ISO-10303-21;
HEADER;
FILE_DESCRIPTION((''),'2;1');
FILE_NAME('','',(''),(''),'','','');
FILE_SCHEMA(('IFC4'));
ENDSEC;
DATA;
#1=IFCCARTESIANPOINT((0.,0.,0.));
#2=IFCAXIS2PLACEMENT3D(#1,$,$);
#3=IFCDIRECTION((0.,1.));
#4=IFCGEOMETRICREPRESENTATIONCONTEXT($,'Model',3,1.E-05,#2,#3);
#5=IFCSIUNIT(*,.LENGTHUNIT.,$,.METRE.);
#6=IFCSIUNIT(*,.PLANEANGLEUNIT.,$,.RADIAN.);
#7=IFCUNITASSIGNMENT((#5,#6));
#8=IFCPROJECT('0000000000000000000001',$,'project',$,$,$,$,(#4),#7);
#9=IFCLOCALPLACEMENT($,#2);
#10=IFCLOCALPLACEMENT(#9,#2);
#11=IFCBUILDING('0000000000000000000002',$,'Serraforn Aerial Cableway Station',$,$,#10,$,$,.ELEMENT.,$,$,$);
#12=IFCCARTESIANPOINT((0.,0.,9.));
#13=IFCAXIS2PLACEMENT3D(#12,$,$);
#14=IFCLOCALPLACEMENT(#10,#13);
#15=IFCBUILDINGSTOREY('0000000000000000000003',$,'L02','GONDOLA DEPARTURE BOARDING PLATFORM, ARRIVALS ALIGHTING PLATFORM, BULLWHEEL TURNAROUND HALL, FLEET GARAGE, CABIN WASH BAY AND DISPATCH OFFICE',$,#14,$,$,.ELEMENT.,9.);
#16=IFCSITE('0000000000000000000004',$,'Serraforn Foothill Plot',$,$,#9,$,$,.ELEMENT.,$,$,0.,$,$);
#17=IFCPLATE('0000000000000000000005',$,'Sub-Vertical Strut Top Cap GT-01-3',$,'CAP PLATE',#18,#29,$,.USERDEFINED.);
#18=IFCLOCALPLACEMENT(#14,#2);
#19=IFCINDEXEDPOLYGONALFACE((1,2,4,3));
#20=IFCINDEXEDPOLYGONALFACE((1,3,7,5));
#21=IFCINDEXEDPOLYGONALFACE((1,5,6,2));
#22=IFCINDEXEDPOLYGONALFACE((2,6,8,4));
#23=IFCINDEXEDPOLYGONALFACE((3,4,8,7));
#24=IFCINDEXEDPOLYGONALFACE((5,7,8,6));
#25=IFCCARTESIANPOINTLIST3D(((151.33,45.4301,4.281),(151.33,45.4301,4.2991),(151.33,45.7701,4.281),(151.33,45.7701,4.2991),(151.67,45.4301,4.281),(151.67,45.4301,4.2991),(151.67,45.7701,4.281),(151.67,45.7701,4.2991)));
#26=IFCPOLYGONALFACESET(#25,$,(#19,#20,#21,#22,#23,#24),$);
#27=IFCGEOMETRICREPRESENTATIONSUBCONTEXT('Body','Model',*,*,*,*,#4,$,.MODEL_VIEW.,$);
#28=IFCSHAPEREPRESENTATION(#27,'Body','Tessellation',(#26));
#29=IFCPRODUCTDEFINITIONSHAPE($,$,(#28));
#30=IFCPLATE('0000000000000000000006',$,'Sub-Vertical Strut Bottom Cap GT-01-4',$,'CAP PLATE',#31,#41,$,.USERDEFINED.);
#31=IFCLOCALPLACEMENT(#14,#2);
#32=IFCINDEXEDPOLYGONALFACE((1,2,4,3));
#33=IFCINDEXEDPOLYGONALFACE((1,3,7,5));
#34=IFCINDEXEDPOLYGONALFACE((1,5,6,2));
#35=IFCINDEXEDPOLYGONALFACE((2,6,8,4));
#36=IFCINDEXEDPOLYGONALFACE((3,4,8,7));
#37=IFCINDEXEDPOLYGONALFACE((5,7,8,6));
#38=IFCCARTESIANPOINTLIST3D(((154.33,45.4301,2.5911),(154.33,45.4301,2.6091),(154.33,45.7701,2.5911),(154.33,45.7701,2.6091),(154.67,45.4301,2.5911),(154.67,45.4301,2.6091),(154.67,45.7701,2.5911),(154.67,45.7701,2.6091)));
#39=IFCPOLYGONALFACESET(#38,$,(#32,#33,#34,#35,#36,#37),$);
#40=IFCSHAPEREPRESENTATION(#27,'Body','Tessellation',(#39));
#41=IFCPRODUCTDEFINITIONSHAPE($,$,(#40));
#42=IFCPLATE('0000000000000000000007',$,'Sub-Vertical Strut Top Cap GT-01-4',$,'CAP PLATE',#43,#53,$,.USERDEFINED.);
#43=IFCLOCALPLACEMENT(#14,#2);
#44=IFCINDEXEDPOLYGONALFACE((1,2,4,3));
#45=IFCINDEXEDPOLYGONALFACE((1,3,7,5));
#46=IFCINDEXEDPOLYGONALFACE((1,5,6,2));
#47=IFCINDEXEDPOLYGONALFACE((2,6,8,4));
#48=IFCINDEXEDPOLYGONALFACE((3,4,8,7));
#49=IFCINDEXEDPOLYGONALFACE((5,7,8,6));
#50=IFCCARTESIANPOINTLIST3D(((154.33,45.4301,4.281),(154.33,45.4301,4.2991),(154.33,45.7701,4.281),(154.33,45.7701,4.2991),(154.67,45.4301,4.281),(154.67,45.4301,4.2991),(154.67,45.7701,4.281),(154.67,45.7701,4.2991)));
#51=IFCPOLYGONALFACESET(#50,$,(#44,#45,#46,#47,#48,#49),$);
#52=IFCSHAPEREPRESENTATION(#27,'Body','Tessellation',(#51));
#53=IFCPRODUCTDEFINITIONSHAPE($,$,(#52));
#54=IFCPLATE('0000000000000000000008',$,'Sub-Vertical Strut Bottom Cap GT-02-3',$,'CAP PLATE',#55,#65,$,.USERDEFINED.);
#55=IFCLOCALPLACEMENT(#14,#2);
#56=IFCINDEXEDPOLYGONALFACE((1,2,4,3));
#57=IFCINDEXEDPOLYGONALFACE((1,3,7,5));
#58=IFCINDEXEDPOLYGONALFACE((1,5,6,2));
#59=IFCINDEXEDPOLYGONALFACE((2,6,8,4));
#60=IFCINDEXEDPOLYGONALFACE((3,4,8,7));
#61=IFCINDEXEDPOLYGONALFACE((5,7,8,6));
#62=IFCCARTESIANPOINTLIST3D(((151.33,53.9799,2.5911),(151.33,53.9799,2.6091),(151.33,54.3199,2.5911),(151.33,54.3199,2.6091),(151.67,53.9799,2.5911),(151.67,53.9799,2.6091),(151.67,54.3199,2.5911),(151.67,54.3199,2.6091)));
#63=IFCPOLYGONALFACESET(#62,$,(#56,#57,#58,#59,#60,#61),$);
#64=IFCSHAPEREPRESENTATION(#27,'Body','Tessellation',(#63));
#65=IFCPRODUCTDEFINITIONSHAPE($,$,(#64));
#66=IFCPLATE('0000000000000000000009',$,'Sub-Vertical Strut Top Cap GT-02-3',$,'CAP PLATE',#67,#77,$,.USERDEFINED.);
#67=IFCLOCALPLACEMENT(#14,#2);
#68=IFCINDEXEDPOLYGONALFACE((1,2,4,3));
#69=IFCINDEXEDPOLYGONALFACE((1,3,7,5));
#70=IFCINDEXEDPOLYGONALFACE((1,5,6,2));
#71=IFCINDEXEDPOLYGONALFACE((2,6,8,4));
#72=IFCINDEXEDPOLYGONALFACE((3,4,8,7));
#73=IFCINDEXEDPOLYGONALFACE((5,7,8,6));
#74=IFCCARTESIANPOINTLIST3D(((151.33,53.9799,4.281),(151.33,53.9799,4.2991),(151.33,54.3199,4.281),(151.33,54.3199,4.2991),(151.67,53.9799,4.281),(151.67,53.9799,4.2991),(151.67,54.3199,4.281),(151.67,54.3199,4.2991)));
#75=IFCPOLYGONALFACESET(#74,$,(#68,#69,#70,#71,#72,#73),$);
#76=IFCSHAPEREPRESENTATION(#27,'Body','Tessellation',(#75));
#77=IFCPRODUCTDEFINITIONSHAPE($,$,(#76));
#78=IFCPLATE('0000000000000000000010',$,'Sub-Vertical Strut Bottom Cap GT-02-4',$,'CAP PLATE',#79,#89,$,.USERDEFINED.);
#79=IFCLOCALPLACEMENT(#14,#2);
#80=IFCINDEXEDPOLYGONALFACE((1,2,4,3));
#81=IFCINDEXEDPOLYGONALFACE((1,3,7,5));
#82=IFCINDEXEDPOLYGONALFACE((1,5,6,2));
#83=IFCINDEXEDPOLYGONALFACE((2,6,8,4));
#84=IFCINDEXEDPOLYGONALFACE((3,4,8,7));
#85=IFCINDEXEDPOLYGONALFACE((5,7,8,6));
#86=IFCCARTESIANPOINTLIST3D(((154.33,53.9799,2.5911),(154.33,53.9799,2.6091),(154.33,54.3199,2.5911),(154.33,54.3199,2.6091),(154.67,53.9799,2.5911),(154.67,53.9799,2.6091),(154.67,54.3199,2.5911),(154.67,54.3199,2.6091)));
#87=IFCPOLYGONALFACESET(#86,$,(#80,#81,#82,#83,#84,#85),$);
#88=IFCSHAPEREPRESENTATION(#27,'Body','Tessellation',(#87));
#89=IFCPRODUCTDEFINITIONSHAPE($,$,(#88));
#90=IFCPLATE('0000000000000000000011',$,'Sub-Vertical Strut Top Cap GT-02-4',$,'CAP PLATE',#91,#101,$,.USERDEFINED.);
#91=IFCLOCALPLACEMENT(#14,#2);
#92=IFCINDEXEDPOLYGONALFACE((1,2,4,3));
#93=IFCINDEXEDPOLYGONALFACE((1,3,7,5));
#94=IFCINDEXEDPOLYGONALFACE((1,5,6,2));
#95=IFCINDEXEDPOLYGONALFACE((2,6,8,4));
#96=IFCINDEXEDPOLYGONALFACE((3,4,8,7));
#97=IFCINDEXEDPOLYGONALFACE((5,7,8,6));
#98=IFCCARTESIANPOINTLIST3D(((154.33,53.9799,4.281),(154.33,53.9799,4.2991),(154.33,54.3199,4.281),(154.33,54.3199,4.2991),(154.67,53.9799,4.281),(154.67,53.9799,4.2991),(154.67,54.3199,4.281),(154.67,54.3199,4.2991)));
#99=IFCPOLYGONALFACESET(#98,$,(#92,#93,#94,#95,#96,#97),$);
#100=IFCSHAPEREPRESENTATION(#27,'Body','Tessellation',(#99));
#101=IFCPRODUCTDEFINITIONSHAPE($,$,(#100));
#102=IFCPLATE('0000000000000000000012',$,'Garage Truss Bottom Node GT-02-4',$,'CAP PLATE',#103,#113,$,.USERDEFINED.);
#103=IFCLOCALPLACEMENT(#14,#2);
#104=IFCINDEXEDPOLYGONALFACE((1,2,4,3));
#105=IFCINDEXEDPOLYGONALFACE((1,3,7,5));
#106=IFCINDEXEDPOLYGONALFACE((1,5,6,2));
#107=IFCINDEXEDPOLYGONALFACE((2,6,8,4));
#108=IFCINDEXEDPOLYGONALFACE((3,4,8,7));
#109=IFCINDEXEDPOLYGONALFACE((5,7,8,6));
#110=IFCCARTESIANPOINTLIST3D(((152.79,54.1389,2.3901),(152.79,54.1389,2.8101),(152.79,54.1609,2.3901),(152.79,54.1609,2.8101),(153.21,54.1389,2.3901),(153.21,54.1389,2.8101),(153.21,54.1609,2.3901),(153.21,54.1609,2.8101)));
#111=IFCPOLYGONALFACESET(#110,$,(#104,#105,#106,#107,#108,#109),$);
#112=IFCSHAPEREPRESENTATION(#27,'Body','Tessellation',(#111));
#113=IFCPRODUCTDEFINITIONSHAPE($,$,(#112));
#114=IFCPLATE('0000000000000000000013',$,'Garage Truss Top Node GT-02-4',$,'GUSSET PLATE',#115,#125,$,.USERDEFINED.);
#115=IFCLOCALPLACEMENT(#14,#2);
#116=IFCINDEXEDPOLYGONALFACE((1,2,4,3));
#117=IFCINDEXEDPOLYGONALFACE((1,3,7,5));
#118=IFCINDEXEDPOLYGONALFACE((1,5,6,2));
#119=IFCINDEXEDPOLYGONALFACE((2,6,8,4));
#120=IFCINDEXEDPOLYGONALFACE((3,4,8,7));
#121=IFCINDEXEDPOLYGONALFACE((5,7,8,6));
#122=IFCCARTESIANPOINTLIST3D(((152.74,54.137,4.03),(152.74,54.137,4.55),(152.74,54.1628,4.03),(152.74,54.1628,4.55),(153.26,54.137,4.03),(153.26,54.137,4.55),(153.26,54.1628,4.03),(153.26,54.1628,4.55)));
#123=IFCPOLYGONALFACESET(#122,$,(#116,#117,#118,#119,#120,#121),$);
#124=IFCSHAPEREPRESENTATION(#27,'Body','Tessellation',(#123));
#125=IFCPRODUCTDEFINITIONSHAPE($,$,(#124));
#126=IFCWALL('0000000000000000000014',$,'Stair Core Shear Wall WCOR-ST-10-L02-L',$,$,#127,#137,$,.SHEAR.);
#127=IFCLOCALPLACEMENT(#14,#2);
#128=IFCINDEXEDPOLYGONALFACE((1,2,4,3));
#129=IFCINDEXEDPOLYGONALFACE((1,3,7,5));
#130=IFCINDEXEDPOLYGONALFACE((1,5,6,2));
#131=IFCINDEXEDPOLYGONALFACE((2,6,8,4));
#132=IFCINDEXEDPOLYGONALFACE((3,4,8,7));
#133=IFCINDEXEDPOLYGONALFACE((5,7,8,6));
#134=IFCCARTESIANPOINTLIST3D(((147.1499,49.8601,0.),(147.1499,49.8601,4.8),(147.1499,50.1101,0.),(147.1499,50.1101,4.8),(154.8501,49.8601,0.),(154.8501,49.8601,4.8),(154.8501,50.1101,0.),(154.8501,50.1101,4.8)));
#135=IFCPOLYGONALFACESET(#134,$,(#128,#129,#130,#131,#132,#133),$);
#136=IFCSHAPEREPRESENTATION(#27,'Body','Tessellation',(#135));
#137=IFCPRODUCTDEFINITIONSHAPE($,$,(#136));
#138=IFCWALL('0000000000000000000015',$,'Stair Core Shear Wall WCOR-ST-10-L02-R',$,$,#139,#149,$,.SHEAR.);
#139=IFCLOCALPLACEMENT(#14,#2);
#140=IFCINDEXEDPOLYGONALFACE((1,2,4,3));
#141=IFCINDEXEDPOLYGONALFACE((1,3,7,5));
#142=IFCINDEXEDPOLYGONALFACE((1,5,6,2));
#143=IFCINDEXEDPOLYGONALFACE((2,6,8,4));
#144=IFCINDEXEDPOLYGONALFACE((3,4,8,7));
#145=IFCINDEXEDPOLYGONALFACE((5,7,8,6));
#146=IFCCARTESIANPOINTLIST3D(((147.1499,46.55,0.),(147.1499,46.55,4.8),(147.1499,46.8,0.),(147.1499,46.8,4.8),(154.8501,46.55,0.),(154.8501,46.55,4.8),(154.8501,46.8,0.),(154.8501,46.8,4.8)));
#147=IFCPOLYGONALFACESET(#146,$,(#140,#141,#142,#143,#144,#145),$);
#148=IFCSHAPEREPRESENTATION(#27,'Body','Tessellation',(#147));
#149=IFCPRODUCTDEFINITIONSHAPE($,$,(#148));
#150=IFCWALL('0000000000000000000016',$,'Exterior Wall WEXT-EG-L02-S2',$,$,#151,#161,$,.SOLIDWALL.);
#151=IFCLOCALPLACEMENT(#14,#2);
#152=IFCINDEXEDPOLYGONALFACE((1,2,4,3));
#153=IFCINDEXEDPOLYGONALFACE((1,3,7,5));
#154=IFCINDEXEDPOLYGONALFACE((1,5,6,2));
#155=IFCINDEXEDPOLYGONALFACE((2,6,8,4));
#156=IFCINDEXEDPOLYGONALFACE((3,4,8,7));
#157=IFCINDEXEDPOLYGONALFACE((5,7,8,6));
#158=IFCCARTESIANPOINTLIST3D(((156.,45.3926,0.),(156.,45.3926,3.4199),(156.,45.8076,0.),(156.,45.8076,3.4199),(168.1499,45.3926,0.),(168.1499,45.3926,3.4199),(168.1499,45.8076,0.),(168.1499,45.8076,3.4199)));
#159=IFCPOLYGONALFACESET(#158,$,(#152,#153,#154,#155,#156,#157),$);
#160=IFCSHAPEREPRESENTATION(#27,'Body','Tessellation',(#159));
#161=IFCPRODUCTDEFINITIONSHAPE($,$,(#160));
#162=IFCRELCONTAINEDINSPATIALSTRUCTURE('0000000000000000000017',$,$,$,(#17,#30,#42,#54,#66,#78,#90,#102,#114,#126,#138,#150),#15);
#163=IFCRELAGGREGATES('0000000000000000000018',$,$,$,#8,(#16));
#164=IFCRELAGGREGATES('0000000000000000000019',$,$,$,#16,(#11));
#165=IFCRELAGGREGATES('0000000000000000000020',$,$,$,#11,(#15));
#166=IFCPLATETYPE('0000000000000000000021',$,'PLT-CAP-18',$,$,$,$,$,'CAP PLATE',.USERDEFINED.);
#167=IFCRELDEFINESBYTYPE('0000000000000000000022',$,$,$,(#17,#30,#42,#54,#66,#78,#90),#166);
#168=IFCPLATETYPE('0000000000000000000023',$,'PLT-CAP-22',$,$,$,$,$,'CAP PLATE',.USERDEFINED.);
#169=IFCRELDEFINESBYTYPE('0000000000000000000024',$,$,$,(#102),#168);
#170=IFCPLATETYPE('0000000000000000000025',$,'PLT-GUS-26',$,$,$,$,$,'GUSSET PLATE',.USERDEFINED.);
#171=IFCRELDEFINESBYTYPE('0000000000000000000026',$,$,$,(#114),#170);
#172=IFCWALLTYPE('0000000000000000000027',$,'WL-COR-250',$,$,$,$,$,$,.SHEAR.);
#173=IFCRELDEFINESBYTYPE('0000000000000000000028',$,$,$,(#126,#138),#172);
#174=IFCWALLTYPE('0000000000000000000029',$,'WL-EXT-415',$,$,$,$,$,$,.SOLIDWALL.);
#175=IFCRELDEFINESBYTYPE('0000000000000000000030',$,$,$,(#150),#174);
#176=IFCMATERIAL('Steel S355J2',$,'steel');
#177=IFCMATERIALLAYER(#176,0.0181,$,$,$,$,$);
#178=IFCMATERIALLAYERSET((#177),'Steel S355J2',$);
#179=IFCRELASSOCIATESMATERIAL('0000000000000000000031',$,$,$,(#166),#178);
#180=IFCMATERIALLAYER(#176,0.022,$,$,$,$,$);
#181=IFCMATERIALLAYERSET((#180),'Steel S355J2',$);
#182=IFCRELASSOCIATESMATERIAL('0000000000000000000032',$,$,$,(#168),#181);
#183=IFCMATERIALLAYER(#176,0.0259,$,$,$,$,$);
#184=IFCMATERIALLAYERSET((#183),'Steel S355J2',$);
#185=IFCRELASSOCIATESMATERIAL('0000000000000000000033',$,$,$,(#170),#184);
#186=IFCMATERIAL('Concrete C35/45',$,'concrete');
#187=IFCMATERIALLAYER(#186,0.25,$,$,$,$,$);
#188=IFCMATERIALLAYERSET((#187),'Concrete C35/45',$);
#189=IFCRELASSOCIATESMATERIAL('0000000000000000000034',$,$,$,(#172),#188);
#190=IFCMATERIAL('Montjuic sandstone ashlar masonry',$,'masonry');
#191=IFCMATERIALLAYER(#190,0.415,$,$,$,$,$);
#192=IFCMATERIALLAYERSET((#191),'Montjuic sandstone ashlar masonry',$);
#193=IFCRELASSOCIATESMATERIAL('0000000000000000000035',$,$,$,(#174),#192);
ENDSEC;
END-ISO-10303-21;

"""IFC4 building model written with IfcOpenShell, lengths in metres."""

from ifc_helpers import new_model, si_unit, direction, frame, frame_2d, origin, origin_2d, place, context, subcontext, project, spatial, rectangle, extrude, material, layer, layer_set, type_object, element, save


model = new_model("IFC4")

# Units and contexts
model_context = context("Model", 3, precision=1e-05, world=origin(), true_north=direction((0.0, 1.0)))
body_context = subcontext(model_context, "Body", "Model", "MODEL_VIEW")
ifc_project = project(units=[si_unit("LENGTHUNIT", "METRE"), si_unit("PLANEANGLEUNIT", "RADIAN")], contexts=[model_context])

# Site, building, storey
site_placement = place(None, origin())
site = spatial("IfcSite", under=ifc_project, at=site_placement, Name="Serraforn Foothill Plot", CompositionType="ELEMENT", RefElevation=0.0)
building_placement = place(site_placement, origin())
building = spatial("IfcBuilding", under=site, at=building_placement, Name="Serraforn Aerial Cableway Station", CompositionType="ELEMENT")
storey_placement = place(building_placement, frame((0.0, 0.0, 9.0)))
storey = spatial("IfcBuildingStorey", under=building, at=storey_placement, Name="L02", Description="GONDOLA DEPARTURE BOARDING PLATFORM, ARRIVALS ALIGHTING PLATFORM, BULLWHEEL TURNAROUND HALL, FLEET GARAGE, CABIN WASH BAY AND DISPATCH OFFICE", CompositionType="ELEMENT", Elevation=9.0)

# Shared definitions
ifc_material_1 = material(Name="Steel S355J2", Category="steel")

# Plates
ifc_layer_1 = layer(ifc_material_1, 0.0181)
ifc_layer_set_1 = layer_set([ifc_layer_1], Name="Steel S355J2")
plate_type_1 = type_object("IfcPlateType", Name="PLT-CAP-18", ElementType="CAP PLATE", PredefinedType="USERDEFINED", material=ifc_layer_set_1)
for number, where, z_axis, x_axis, name in (
    (1, (151.5, 45.6001, 4.281), (0.0, 0.0, 1.0), (1.0, 0.0, 0.0), "Sub-Vertical Strut Top Cap GT-01-3"),
    (2, (154.5, 45.6001, 2.5911), (0.0, 0.0, 1.0), (1.0, 0.0, 0.0), "Sub-Vertical Strut Bottom Cap GT-01-4"),
    (3, (154.5, 45.6001, 4.281), (0.0, 0.0, 1.0), (1.0, 0.0, 0.0), "Sub-Vertical Strut Top Cap GT-01-4"),
    (4, (151.5, 54.1499, 2.5911), (0.0, 0.0, 1.0), (1.0, 0.0, 0.0), "Sub-Vertical Strut Bottom Cap GT-02-3"),
    (5, (151.5, 54.1499, 4.281), (0.0, 0.0, 1.0), (1.0, 0.0, 0.0), "Sub-Vertical Strut Top Cap GT-02-3"),
    (6, (154.5, 54.1499, 2.5911), (0.0, 0.0, 1.0), (1.0, 0.0, 0.0), "Sub-Vertical Strut Bottom Cap GT-02-4"),
    (7, (154.5, 54.1499, 4.281), (0.0, 0.0, 1.0), (1.0, 0.0, 0.0), "Sub-Vertical Strut Top Cap GT-02-4"),
):
    element("IfcPlate", number, at=place(storey_placement, frame(where, z_axis=z_axis, x_axis=x_axis)), inside=storey, type_object=plate_type_1, Name=name, ObjectType="CAP PLATE", PredefinedType="USERDEFINED", context=body_context, shape_type="SweptSolid", body=[
        extrude(rectangle(XDim=0.3401, YDim=0.3401, at=origin_2d()), origin(), (0.0, 0.0, 1.0), 0.0181),
    ])
ifc_layer_2 = layer(ifc_material_1, 0.022)
ifc_layer_set_2 = layer_set([ifc_layer_2], Name="Steel S355J2")
plate_type_2 = type_object("IfcPlateType", Name="PLT-CAP-22", ElementType="CAP PLATE", PredefinedType="USERDEFINED", material=ifc_layer_set_2)
plate_1_placement = place(storey_placement, frame((153.0, 54.1499, 2.3901), z_axis=(0.0, 0.0, 1.0), x_axis=(1.0, 0.0, 0.0)))
element("IfcPlate", 8, at=plate_1_placement, inside=storey, type_object=plate_type_2, Name="Garage Truss Bottom Node GT-02-4", ObjectType="CAP PLATE", PredefinedType="USERDEFINED", context=body_context, shape_type="SweptSolid", body=[
    extrude(rectangle(XDim=0.4199, YDim=0.022, at=origin_2d()), origin(), (0.0, 0.0, 1.0), 0.4199),
])
ifc_layer_3 = layer(ifc_material_1, 0.0259)
ifc_layer_set_3 = layer_set([ifc_layer_3], Name="Steel S355J2")
plate_type_3 = type_object("IfcPlateType", Name="PLT-GUS-26", ElementType="GUSSET PLATE", PredefinedType="USERDEFINED", material=ifc_layer_set_3)
plate_2_placement = place(storey_placement, frame((153.0, 54.1499, 4.03), z_axis=(0.0, 0.0, 1.0), x_axis=(1.0, 0.0, 0.0)))
element("IfcPlate", 9, at=plate_2_placement, inside=storey, type_object=plate_type_3, Name="Garage Truss Top Node GT-02-4", ObjectType="GUSSET PLATE", PredefinedType="USERDEFINED", context=body_context, shape_type="SweptSolid", body=[
    extrude(rectangle(XDim=0.52, YDim=0.0259, at=origin_2d()), origin(), (0.0, 0.0, 1.0), 0.52),
])

# Shared definitions
ifc_material_2 = material(Name="Concrete C35/45", Category="concrete")
ifc_layer_4 = layer(ifc_material_2, 0.25)
ifc_layer_set_4 = layer_set([ifc_layer_4], Name="Concrete C35/45")
wall_type_1 = type_object("IfcWallType", Name="WL-COR-250", PredefinedType="SHEAR", material=ifc_layer_set_4)

# Walls
for number, where, z_axis, x_axis, name in (
    (10, (154.8501, 49.9851, 0.0), (0.0, 0.0, 1.0), (-1.0, 0.0, 0.0), "Stair Core Shear Wall WCOR-ST-10-L02-L"),
    (11, (154.8501, 46.675, 0.0), (0.0, 0.0, 1.0), (-1.0, 0.0, 0.0), "Stair Core Shear Wall WCOR-ST-10-L02-R"),
):
    element("IfcWall", number, at=place(storey_placement, frame(where, z_axis=z_axis, x_axis=x_axis)), inside=storey, type_object=wall_type_1, Name=name, PredefinedType="SHEAR", context=body_context, shape_type="SweptSolid", body=[
        extrude(rectangle(XDim=7.7002, YDim=0.25, at=frame_2d((3.8501, 0.0))), origin(), (0.0, 0.0, 1.0), 4.8),
    ])
ifc_material_3 = material(Name="Montjuic sandstone ashlar masonry", Category="masonry")
ifc_layer_5 = layer(ifc_material_3, 0.415)
ifc_layer_set_5 = layer_set([ifc_layer_5], Name="Montjuic sandstone ashlar masonry")
wall_type_2 = type_object("IfcWallType", Name="WL-EXT-415", PredefinedType="SOLIDWALL", material=ifc_layer_set_5)
wall_1_placement = place(storey_placement, frame((156.0, 45.6001, 0.0), z_axis=(0.0, 0.0, 1.0), x_axis=(1.0, 0.0, 0.0)))
element("IfcWall", 12, at=wall_1_placement, inside=storey, type_object=wall_type_2, Name="Exterior Wall WEXT-EG-L02-S2", PredefinedType="SOLIDWALL", context=body_context, shape_type="SweptSolid", body=[
    extrude(rectangle(XDim=12.1499, YDim=0.415, at=frame_2d((6.075, 0.0))), origin(), (0.0, 0.0, 1.0), 3.4199),
])

save(model, "model.ifc")
